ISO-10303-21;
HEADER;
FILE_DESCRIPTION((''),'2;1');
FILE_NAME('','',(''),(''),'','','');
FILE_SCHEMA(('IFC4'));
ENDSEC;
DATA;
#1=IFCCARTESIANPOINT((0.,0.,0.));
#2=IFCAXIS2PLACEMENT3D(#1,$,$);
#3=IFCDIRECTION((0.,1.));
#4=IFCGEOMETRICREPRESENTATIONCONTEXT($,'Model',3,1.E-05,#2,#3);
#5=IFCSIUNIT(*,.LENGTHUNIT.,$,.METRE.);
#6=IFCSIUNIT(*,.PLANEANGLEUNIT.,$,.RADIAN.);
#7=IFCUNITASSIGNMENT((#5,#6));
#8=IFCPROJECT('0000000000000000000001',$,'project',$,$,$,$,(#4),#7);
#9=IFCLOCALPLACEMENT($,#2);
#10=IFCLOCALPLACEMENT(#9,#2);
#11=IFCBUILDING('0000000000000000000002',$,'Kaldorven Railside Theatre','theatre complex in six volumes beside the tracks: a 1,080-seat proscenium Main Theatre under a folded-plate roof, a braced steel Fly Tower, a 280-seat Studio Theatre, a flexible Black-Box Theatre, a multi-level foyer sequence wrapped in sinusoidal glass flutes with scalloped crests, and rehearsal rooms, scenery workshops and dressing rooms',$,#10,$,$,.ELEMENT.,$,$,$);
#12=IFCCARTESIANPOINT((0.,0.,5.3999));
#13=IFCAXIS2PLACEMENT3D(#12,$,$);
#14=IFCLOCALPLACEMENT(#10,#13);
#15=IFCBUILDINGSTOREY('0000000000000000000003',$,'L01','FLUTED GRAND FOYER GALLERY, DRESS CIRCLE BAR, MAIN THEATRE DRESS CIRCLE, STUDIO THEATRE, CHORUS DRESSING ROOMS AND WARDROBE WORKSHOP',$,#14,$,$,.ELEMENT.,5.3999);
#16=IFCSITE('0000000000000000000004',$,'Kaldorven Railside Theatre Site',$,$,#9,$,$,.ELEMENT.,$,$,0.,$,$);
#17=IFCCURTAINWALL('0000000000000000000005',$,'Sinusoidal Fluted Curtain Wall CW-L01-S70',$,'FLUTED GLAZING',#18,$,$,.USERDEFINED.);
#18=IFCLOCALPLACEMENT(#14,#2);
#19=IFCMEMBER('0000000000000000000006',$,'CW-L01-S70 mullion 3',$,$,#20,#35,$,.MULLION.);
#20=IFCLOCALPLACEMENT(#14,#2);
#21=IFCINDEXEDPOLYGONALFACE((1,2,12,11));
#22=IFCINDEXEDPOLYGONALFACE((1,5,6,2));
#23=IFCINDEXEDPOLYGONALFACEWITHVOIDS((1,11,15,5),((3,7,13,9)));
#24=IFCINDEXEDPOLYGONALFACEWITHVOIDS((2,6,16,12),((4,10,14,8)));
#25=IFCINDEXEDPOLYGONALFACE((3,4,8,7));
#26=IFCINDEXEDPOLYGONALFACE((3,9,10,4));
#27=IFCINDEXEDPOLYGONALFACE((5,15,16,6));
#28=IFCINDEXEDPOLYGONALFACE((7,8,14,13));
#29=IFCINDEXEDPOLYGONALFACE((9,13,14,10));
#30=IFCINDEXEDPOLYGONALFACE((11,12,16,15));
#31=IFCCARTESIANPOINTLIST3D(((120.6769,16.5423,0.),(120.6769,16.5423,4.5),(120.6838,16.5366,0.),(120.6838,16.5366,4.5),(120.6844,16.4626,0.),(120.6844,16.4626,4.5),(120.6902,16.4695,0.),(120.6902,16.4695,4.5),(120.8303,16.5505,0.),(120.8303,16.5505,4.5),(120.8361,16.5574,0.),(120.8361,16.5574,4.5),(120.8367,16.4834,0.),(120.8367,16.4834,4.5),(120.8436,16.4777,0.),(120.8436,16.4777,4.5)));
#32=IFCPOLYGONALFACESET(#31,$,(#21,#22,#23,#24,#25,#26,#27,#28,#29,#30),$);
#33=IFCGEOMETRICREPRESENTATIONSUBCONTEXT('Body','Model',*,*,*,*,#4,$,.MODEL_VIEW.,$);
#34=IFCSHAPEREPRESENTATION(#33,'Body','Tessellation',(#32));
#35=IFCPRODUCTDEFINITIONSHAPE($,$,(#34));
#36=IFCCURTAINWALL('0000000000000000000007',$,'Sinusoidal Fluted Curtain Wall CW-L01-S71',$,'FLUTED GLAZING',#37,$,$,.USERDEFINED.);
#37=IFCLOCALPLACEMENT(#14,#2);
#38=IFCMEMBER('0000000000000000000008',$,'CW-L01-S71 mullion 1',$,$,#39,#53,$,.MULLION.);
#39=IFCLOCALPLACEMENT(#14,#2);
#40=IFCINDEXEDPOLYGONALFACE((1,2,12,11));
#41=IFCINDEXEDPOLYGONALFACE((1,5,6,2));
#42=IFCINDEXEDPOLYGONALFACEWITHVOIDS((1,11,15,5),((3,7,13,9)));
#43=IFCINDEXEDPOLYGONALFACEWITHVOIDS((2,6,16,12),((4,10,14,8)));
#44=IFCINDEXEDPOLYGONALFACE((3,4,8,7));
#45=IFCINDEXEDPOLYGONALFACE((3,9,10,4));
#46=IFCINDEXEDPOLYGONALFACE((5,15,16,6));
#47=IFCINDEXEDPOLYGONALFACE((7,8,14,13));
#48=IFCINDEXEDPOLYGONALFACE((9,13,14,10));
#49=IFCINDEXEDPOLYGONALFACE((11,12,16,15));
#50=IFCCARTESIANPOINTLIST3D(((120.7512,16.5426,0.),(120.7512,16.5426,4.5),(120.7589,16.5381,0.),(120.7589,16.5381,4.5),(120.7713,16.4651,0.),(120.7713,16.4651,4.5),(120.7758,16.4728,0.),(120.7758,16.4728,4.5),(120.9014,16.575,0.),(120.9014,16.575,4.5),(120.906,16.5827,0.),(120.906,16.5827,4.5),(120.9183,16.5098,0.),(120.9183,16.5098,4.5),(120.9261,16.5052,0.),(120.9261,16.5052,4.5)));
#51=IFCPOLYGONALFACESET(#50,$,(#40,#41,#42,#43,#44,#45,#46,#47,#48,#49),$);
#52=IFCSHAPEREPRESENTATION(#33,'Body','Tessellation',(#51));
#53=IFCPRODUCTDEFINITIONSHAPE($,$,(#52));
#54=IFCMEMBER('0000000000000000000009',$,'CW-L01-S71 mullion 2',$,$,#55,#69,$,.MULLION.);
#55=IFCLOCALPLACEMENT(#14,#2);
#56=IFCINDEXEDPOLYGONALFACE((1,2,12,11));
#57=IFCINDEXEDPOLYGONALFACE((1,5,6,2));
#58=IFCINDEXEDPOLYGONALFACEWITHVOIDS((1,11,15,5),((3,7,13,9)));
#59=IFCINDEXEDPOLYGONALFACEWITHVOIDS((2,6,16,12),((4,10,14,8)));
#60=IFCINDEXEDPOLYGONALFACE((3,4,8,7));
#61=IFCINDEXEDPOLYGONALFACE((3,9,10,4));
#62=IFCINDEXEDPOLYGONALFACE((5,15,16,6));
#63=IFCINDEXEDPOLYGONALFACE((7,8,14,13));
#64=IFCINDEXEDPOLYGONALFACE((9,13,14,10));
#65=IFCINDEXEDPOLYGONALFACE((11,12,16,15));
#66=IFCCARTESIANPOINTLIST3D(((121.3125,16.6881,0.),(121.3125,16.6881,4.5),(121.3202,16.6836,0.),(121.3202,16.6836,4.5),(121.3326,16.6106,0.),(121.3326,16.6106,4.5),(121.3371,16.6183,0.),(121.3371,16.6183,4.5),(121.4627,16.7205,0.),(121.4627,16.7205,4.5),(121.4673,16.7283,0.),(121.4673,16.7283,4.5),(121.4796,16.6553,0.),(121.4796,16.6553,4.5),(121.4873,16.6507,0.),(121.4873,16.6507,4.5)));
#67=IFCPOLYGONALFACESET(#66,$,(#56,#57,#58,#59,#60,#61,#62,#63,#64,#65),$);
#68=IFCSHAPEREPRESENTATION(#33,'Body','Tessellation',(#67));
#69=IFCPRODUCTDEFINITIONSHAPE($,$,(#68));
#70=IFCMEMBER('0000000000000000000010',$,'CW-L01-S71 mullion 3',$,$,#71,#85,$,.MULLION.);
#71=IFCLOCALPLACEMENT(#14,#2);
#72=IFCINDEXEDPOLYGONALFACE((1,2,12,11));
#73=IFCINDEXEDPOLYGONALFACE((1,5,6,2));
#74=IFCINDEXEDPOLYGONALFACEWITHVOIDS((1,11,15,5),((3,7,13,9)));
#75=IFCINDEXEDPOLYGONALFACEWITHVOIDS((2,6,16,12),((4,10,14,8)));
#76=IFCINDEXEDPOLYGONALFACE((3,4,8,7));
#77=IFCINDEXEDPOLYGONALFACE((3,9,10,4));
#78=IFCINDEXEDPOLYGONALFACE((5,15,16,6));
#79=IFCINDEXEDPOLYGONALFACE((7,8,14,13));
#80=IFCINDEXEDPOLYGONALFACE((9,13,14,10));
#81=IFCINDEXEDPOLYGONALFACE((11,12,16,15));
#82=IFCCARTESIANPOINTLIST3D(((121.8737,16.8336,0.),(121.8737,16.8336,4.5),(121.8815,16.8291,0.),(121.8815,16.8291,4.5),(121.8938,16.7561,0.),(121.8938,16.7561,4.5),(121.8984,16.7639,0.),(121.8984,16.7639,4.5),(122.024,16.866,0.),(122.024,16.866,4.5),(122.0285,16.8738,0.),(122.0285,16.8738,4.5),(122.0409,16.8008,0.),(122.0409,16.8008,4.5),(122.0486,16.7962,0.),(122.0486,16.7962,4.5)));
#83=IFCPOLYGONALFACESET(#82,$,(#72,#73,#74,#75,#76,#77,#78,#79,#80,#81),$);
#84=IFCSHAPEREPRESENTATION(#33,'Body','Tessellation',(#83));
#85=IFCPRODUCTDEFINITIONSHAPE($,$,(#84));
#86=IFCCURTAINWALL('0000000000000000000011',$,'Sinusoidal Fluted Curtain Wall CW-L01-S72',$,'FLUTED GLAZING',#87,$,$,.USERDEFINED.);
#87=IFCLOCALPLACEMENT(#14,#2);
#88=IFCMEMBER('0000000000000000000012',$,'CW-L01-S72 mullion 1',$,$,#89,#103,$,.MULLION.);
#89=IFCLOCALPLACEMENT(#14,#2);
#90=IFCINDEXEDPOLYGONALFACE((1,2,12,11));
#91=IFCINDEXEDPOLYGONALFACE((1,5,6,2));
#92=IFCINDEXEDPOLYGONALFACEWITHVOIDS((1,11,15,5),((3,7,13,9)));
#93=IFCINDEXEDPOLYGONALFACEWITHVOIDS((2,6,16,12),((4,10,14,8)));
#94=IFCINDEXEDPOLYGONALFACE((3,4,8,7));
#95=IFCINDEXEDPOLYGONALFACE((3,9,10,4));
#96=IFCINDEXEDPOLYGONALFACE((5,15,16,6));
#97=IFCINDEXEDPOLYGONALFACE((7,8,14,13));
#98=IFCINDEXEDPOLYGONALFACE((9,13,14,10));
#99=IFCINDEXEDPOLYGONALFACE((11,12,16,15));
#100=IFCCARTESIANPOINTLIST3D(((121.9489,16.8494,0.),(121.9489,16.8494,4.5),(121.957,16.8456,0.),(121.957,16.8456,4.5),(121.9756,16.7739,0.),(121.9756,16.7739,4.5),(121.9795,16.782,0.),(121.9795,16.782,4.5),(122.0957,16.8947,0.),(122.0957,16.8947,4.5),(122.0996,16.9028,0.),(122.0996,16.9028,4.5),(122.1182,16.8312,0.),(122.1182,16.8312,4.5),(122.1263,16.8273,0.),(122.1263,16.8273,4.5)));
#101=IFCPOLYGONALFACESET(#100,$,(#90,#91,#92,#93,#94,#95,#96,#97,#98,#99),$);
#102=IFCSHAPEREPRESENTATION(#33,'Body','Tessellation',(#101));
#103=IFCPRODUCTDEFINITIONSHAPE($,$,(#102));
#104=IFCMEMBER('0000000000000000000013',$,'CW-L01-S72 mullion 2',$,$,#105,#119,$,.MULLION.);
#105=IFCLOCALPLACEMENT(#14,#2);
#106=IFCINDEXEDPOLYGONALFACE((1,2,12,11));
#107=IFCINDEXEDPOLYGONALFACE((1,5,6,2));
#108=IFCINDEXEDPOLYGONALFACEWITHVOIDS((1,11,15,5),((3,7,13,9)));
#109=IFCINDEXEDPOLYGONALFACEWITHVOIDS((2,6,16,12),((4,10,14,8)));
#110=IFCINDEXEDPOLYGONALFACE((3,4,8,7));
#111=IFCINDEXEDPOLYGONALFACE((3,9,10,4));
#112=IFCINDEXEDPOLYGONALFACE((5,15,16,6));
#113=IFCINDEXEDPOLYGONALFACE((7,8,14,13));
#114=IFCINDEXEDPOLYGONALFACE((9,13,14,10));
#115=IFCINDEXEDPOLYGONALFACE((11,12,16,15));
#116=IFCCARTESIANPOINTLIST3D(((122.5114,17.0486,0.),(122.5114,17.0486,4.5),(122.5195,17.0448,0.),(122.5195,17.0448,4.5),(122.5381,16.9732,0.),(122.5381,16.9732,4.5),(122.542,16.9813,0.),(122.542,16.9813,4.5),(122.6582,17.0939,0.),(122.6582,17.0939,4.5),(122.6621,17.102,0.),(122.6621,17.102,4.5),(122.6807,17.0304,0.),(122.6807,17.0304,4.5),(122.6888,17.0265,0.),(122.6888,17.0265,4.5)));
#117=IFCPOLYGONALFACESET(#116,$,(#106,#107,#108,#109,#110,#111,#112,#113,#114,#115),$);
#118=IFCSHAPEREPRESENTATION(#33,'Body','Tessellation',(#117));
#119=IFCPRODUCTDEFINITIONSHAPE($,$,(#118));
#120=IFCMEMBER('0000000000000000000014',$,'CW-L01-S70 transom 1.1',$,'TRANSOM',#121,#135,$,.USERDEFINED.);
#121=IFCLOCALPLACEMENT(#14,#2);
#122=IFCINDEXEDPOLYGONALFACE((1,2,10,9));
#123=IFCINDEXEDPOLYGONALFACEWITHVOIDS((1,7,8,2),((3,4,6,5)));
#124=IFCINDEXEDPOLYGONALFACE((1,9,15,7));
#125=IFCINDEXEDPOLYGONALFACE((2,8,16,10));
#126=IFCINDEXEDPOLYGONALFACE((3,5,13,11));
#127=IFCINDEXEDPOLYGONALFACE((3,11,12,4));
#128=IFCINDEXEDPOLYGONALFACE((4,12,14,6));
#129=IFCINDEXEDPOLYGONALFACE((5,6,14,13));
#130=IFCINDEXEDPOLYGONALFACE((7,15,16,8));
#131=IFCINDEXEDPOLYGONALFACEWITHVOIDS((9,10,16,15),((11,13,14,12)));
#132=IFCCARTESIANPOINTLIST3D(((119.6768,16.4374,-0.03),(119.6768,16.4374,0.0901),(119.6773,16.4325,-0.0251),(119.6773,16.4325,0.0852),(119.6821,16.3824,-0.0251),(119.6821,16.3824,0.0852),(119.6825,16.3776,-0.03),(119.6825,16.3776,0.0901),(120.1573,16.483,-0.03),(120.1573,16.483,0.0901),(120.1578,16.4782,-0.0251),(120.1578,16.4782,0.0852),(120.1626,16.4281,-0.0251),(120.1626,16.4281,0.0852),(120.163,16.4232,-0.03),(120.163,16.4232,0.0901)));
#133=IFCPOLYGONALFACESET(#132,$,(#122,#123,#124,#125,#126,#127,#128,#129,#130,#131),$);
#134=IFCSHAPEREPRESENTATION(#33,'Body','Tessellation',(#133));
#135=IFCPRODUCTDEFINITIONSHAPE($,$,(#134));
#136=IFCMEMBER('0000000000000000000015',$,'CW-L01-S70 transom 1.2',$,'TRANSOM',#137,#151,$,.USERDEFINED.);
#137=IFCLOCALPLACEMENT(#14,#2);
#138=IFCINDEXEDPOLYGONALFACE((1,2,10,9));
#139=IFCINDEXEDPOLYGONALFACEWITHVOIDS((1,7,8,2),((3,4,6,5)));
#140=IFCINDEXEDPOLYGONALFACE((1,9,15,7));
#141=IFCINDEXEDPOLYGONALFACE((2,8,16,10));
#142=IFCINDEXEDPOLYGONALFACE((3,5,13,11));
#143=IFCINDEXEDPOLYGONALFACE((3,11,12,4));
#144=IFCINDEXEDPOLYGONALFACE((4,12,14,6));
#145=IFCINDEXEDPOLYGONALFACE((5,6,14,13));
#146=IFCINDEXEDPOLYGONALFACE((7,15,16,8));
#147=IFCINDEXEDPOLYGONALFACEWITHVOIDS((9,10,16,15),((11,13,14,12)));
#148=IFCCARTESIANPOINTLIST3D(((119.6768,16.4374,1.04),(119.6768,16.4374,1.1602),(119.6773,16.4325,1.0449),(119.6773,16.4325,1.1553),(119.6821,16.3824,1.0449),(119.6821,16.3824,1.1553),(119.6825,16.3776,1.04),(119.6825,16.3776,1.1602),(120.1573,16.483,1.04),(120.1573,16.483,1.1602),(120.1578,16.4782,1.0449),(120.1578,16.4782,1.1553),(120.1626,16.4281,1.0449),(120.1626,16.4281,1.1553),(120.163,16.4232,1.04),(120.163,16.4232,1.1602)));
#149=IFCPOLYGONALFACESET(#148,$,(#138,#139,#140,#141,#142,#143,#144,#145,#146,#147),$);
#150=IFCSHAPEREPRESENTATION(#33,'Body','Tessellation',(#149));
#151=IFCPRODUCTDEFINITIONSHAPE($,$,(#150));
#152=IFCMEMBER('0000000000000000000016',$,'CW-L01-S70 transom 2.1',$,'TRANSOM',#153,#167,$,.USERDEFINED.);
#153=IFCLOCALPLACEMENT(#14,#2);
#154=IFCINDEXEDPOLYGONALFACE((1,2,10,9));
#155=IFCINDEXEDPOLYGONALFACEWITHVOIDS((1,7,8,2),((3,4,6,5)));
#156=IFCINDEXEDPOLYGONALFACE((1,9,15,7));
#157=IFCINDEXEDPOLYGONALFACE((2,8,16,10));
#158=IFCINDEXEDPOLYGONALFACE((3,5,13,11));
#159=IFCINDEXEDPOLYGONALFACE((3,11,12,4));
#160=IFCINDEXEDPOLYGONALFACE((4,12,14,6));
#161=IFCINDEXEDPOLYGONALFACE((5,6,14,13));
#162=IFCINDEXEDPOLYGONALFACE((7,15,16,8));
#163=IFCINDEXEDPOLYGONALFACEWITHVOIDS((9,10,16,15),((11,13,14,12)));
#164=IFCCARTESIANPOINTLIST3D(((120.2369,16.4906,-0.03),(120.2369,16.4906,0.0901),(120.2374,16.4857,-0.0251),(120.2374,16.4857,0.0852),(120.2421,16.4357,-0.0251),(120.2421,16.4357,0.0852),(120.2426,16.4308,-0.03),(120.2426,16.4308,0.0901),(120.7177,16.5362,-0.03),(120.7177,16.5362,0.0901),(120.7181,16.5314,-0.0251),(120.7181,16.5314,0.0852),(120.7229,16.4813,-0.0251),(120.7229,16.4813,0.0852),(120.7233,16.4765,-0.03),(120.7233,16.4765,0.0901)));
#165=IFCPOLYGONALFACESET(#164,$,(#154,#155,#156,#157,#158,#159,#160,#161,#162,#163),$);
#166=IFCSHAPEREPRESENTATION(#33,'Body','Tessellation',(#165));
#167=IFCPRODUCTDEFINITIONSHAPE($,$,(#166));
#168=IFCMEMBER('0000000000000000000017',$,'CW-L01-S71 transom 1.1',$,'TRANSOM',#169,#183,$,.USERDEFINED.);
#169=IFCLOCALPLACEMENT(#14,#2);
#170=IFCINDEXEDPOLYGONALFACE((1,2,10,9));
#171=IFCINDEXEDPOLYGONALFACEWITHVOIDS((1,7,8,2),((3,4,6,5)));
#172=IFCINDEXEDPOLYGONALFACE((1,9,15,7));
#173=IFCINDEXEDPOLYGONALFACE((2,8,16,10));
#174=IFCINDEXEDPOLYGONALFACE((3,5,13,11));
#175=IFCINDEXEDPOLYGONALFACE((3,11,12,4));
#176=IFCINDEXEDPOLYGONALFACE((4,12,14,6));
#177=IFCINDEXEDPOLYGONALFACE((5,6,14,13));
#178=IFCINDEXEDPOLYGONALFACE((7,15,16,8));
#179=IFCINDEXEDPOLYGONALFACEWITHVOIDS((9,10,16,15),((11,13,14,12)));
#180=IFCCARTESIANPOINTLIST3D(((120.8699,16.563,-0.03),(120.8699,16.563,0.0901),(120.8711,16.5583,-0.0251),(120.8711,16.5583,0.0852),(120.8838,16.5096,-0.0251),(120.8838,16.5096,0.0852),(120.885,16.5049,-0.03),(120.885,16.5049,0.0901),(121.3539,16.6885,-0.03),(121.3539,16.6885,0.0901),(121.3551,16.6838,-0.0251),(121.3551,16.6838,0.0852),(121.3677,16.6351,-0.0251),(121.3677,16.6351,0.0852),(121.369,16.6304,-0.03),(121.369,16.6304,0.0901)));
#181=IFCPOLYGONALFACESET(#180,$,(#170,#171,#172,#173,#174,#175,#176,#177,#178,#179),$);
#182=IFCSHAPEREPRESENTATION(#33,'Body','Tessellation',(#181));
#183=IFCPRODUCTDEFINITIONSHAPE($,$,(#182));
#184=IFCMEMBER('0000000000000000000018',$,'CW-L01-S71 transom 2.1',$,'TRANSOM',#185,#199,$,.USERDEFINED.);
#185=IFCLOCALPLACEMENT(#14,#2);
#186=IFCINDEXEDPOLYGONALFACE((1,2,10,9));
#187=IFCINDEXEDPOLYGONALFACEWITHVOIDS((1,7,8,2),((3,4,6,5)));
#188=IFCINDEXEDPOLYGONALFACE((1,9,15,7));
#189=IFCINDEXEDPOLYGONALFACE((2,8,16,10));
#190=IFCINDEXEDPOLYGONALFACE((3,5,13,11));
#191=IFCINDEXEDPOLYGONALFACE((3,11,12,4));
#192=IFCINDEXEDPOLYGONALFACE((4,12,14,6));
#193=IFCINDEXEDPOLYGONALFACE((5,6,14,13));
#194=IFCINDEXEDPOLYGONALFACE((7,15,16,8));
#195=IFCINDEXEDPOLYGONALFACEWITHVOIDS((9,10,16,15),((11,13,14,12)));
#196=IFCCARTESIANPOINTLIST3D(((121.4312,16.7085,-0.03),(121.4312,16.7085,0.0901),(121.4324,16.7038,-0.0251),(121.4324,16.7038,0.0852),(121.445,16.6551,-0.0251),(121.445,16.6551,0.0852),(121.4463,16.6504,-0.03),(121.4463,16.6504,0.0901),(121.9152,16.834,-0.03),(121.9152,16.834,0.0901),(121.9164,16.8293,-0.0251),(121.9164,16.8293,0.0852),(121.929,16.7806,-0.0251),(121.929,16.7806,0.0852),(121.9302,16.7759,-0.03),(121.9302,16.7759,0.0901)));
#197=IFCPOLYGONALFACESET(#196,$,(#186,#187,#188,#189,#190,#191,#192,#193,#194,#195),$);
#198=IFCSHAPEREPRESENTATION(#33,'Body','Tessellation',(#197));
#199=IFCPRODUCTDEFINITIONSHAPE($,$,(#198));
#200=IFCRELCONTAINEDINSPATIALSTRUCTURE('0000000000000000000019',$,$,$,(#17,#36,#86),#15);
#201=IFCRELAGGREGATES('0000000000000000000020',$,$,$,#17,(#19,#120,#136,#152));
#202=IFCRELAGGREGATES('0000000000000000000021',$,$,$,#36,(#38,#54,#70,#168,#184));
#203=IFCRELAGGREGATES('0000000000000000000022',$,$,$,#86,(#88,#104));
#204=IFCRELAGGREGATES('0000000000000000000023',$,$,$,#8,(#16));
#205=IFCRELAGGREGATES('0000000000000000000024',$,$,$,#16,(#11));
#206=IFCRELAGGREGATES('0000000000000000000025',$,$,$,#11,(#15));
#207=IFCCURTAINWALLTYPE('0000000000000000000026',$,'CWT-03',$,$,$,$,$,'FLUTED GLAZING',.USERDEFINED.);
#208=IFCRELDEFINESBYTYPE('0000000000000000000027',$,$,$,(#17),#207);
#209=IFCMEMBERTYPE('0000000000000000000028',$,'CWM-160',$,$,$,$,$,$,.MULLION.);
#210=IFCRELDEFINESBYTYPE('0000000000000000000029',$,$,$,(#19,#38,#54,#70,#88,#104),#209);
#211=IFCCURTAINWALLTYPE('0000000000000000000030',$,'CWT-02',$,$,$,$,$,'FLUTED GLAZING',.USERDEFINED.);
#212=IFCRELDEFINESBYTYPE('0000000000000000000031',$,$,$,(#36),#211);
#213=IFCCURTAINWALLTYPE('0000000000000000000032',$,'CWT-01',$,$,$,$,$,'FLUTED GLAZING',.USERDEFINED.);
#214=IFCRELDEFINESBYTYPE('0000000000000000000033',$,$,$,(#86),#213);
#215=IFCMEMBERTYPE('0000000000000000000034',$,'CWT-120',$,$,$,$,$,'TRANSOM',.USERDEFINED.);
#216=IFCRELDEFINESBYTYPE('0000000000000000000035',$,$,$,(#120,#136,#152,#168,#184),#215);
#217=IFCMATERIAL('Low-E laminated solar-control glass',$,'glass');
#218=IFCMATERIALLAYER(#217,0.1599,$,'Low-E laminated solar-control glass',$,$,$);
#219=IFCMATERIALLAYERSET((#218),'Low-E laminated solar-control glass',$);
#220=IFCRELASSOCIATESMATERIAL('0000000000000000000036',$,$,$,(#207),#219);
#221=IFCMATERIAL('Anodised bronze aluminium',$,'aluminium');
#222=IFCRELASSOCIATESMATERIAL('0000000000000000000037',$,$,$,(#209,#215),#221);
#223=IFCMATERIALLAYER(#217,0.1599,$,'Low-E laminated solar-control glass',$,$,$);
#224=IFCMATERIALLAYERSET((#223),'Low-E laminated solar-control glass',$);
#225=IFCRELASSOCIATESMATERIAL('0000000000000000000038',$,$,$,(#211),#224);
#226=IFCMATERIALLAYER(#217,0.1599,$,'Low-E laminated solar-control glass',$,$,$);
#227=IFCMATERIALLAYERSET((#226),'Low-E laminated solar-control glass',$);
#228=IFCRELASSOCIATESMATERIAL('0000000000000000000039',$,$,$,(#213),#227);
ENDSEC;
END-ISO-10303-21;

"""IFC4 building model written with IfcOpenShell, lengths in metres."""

from ifc_helpers import new_model, si_unit, direction, frame, origin, origin_2d, place, context, subcontext, project, spatial, hollow_rectangle, extrude, material, layer, layer_set, material_profile, profile_set, type_object, element, aggregate, save


model = new_model("IFC4")

# Units and contexts
model_context = context("Model", 3, precision=1e-05, world=origin(), true_north=direction((0.0, 1.0)))
body_context = subcontext(model_context, "Body", "Model", "MODEL_VIEW")
ifc_project = project(units=[si_unit("LENGTHUNIT", "METRE"), si_unit("PLANEANGLEUNIT", "RADIAN")], contexts=[model_context])

# Site, building, storey
site_placement = place(None, origin())
site = spatial("IfcSite", under=ifc_project, at=site_placement, Name="Kaldorven Railside Theatre Site", CompositionType="ELEMENT", RefElevation=0.0)
building_placement = place(site_placement, origin())
building = spatial("IfcBuilding", under=site, at=building_placement, Name="Kaldorven Railside Theatre", Description="theatre complex in six volumes beside the tracks: a 1,080-seat proscenium Main Theatre under a folded-plate roof, a braced steel Fly Tower, a 280-seat Studio Theatre, a flexible Black-Box Theatre, a multi-level foyer sequence wrapped in sinusoidal glass flutes with scalloped crests, and rehearsal rooms, scenery workshops and dressing rooms", CompositionType="ELEMENT")
storey_placement = place(building_placement, frame((0.0, 0.0, 5.3999)))
storey = spatial("IfcBuildingStorey", under=building, at=storey_placement, Name="L01", Description="FLUTED GRAND FOYER GALLERY, DRESS CIRCLE BAR, MAIN THEATRE DRESS CIRCLE, STUDIO THEATRE, CHORUS DRESSING ROOMS AND WARDROBE WORKSHOP", CompositionType="ELEMENT", Elevation=5.3999)

# Curtain walls, members
ifc_material_1 = material(Name="Low-E laminated solar-control glass", Category="glass")
ifc_layer_1 = layer(ifc_material_1, 0.1599, Name="Low-E laminated solar-control glass")
ifc_layer_set_1 = layer_set([ifc_layer_1], Name="Low-E laminated solar-control glass")
curtain_wall_type_1 = type_object("IfcCurtainWallType", Name="CWT-03", ElementType="FLUTED GLAZING", PredefinedType="USERDEFINED", material=ifc_layer_set_1)
curtain_wall_1_placement = place(storey_placement, origin())
curtain_wall_1 = element("IfcCurtainWall", 1, at=curtain_wall_1_placement, inside=storey, type_object=curtain_wall_type_1, Name="Sinusoidal Fluted Curtain Wall CW-L01-S70", ObjectType="FLUTED GLAZING", PredefinedType="USERDEFINED")
ifc_material_2 = material(Name="Anodised bronze aluminium", Category="aluminium")
ifc_material_profile_1 = material_profile(ifc_material_2, hollow_rectangle(XDim=0.0801, YDim=0.1599, WallThickness=0.0063, at=origin_2d()), Name="RHS 160x80x6.3")
ifc_profile_set_1 = profile_set([ifc_material_profile_1], Name="Anodised bronze aluminium")
member_type_1 = type_object("IfcMemberType", Name="CWM-160", PredefinedType="MULLION", material=ifc_profile_set_1)
member_1_placement = place(storey_placement, frame((120.7603, 16.51, 0.0), z_axis=(0.0, 0.0, 1.0), x_axis=(-0.094492, 0.995526, 0.0)))
member_1 = element("IfcMember", 2, at=member_1_placement, type_object=member_type_1, Name="CW-L01-S70 mullion 3", PredefinedType="MULLION", context=body_context, shape_type="SweptSolid", body=[
    extrude(hollow_rectangle(XDim=0.0801, YDim=0.1599, WallThickness=0.0063, at=origin_2d()), origin(), (0.0, 0.0, 1.0), 4.5),
])
ifc_layer_2 = layer(ifc_material_1, 0.1599, Name="Low-E laminated solar-control glass")
ifc_layer_set_2 = layer_set([ifc_layer_2], Name="Low-E laminated solar-control glass")
curtain_wall_type_2 = type_object("IfcCurtainWallType", Name="CWT-02", ElementType="FLUTED GLAZING", PredefinedType="USERDEFINED", material=ifc_layer_set_2)
curtain_wall_2_placement = place(storey_placement, origin())
curtain_wall_2 = element("IfcCurtainWall", 3, at=curtain_wall_2_placement, inside=storey, type_object=curtain_wall_type_2, Name="Sinusoidal Fluted Curtain Wall CW-L01-S71", ObjectType="FLUTED GLAZING", PredefinedType="USERDEFINED")
member_2_placement = place(storey_placement, frame((120.8386, 16.5239, 0.0), z_axis=(0.0, 0.0, 1.0), x_axis=(-0.250954, 0.967999, 0.0)))
member_2 = element("IfcMember", 4, at=member_2_placement, type_object=member_type_1, Name="CW-L01-S71 mullion 1", PredefinedType="MULLION", context=body_context, shape_type="SweptSolid", body=[
    extrude(hollow_rectangle(XDim=0.0801, YDim=0.1599, WallThickness=0.0063, at=origin_2d()), origin(), (0.0, 0.0, 1.0), 4.5),
])
member_3_placement = place(storey_placement, frame((121.3999, 16.6694, 0.0), z_axis=(0.0, 0.0, 1.0), x_axis=(-0.250954, 0.967999, 0.0)))
member_3 = element("IfcMember", 5, at=member_3_placement, type_object=member_type_1, Name="CW-L01-S71 mullion 2", PredefinedType="MULLION", context=body_context, shape_type="SweptSolid", body=[
    extrude(hollow_rectangle(XDim=0.0801, YDim=0.1599, WallThickness=0.0063, at=origin_2d()), origin(), (0.0, 0.0, 1.0), 4.5),
])
member_4_placement = place(storey_placement, frame((121.9612, 16.8149, 0.0), z_axis=(0.0, 0.0, 1.0), x_axis=(-0.250954, 0.967999, 0.0)))
member_4 = element("IfcMember", 6, at=member_4_placement, type_object=member_type_1, Name="CW-L01-S71 mullion 3", PredefinedType="MULLION", context=body_context, shape_type="SweptSolid", body=[
    extrude(hollow_rectangle(XDim=0.0801, YDim=0.1599, WallThickness=0.0063, at=origin_2d()), origin(), (0.0, 0.0, 1.0), 4.5),
])
ifc_layer_3 = layer(ifc_material_1, 0.1599, Name="Low-E laminated solar-control glass")
ifc_layer_set_3 = layer_set([ifc_layer_3], Name="Low-E laminated solar-control glass")
curtain_wall_type_3 = type_object("IfcCurtainWallType", Name="CWT-01", ElementType="FLUTED GLAZING", PredefinedType="USERDEFINED", material=ifc_layer_set_3)
curtain_wall_3_placement = place(storey_placement, origin())
curtain_wall_3 = element("IfcCurtainWall", 7, at=curtain_wall_3_placement, inside=storey, type_object=curtain_wall_type_3, Name="Sinusoidal Fluted Curtain Wall CW-L01-S72", ObjectType="FLUTED GLAZING", PredefinedType="USERDEFINED")
member_5_placement = place(storey_placement, frame((122.0376, 16.8384, 0.0), z_axis=(0.0, 0.0, 1.0), x_axis=(-0.333847, 0.942627, 0.0)))
member_5 = element("IfcMember", 8, at=member_5_placement, type_object=member_type_1, Name="CW-L01-S72 mullion 1", PredefinedType="MULLION", context=body_context, shape_type="SweptSolid", body=[
    extrude(hollow_rectangle(XDim=0.0801, YDim=0.1599, WallThickness=0.0063, at=origin_2d()), origin(), (0.0, 0.0, 1.0), 4.5),
])
member_6_placement = place(storey_placement, frame((122.6001, 17.0376, 0.0), z_axis=(0.0, 0.0, 1.0), x_axis=(-0.333847, 0.942627, 0.0)))
member_6 = element("IfcMember", 9, at=member_6_placement, type_object=member_type_1, Name="CW-L01-S72 mullion 2", PredefinedType="MULLION", context=body_context, shape_type="SweptSolid", body=[
    extrude(hollow_rectangle(XDim=0.0801, YDim=0.1599, WallThickness=0.0063, at=origin_2d()), origin(), (0.0, 0.0, 1.0), 4.5),
])

# Members
ifc_material_profile_2 = material_profile(ifc_material_2, hollow_rectangle(XDim=0.0601, YDim=0.1201, WallThickness=0.0049, at=origin_2d()), Name="RHS 120x60x5")
ifc_profile_set_2 = profile_set([ifc_material_profile_2], Name="Anodised bronze aluminium")
member_type_2 = type_object("IfcMemberType", Name="CWT-120", ElementType="TRANSOM", PredefinedType="USERDEFINED", material=ifc_profile_set_2)
member_7_placement = place(storey_placement, frame((119.6797, 16.4075, 0.03), z_axis=(0.995516, 0.094594, 0.0), x_axis=(-0.094594, 0.995516, 0.0)))
member_7 = element("IfcMember", 10, at=member_7_placement, type_object=member_type_2, Name="CW-L01-S70 transom 1.1", ObjectType="TRANSOM", PredefinedType="USERDEFINED", context=body_context, shape_type="SweptSolid", body=[
    extrude(hollow_rectangle(XDim=0.0601, YDim=0.1201, WallThickness=0.0049, at=origin_2d()), origin(), (0.0, 0.0, 1.0), 0.4827),
])
member_8_placement = place(storey_placement, frame((119.6797, 16.4075, 1.1001), z_axis=(0.995516, 0.094594, 0.0), x_axis=(-0.094594, 0.995516, 0.0)))
member_8 = element("IfcMember", 11, at=member_8_placement, type_object=member_type_2, Name="CW-L01-S70 transom 1.2", ObjectType="TRANSOM", PredefinedType="USERDEFINED", context=body_context, shape_type="SweptSolid", body=[
    extrude(hollow_rectangle(XDim=0.0601, YDim=0.1201, WallThickness=0.0049, at=origin_2d()), origin(), (0.0, 0.0, 1.0), 0.4827),
])
member_9_placement = place(storey_placement, frame((120.2397, 16.4607, 0.03), z_axis=(0.99552, 0.094547, 0.0), x_axis=(-0.094547, 0.99552, 0.0)))
member_9 = element("IfcMember", 12, at=member_9_placement, type_object=member_type_2, Name="CW-L01-S70 transom 2.1", ObjectType="TRANSOM", PredefinedType="USERDEFINED", context=body_context, shape_type="SweptSolid", body=[
    extrude(hollow_rectangle(XDim=0.0601, YDim=0.1201, WallThickness=0.0049, at=origin_2d()), origin(), (0.0, 0.0, 1.0), 0.4829),
])
member_10_placement = place(storey_placement, frame((120.8774, 16.5339, 0.03), z_axis=(0.967979, 0.25103, 0.0), x_axis=(-0.25103, 0.967979, 0.0)))
member_10 = element("IfcMember", 13, at=member_10_placement, type_object=member_type_2, Name="CW-L01-S71 transom 1.1", ObjectType="TRANSOM", PredefinedType="USERDEFINED", context=body_context, shape_type="SweptSolid", body=[
    extrude(hollow_rectangle(XDim=0.0601, YDim=0.1201, WallThickness=0.0049, at=origin_2d()), origin(), (0.0, 0.0, 1.0), 0.5),
])
member_11_placement = place(storey_placement, frame((121.4387, 16.6794, 0.03), z_axis=(0.967979, 0.25103, 0.0), x_axis=(-0.25103, 0.967979, 0.0)))
member_11 = element("IfcMember", 14, at=member_11_placement, type_object=member_type_2, Name="CW-L01-S71 transom 2.1", ObjectType="TRANSOM", PredefinedType="USERDEFINED", context=body_context, shape_type="SweptSolid", body=[
    extrude(hollow_rectangle(XDim=0.0601, YDim=0.1201, WallThickness=0.0049, at=origin_2d()), origin(), (0.0, 0.0, 1.0), 0.5),
])

aggregate(curtain_wall_1, [member_1, member_7, member_8, member_9])
aggregate(curtain_wall_2, [member_2, member_3, member_4, member_10, member_11])
aggregate(curtain_wall_3, [member_5, member_6])

save(model, "model.ifc")
